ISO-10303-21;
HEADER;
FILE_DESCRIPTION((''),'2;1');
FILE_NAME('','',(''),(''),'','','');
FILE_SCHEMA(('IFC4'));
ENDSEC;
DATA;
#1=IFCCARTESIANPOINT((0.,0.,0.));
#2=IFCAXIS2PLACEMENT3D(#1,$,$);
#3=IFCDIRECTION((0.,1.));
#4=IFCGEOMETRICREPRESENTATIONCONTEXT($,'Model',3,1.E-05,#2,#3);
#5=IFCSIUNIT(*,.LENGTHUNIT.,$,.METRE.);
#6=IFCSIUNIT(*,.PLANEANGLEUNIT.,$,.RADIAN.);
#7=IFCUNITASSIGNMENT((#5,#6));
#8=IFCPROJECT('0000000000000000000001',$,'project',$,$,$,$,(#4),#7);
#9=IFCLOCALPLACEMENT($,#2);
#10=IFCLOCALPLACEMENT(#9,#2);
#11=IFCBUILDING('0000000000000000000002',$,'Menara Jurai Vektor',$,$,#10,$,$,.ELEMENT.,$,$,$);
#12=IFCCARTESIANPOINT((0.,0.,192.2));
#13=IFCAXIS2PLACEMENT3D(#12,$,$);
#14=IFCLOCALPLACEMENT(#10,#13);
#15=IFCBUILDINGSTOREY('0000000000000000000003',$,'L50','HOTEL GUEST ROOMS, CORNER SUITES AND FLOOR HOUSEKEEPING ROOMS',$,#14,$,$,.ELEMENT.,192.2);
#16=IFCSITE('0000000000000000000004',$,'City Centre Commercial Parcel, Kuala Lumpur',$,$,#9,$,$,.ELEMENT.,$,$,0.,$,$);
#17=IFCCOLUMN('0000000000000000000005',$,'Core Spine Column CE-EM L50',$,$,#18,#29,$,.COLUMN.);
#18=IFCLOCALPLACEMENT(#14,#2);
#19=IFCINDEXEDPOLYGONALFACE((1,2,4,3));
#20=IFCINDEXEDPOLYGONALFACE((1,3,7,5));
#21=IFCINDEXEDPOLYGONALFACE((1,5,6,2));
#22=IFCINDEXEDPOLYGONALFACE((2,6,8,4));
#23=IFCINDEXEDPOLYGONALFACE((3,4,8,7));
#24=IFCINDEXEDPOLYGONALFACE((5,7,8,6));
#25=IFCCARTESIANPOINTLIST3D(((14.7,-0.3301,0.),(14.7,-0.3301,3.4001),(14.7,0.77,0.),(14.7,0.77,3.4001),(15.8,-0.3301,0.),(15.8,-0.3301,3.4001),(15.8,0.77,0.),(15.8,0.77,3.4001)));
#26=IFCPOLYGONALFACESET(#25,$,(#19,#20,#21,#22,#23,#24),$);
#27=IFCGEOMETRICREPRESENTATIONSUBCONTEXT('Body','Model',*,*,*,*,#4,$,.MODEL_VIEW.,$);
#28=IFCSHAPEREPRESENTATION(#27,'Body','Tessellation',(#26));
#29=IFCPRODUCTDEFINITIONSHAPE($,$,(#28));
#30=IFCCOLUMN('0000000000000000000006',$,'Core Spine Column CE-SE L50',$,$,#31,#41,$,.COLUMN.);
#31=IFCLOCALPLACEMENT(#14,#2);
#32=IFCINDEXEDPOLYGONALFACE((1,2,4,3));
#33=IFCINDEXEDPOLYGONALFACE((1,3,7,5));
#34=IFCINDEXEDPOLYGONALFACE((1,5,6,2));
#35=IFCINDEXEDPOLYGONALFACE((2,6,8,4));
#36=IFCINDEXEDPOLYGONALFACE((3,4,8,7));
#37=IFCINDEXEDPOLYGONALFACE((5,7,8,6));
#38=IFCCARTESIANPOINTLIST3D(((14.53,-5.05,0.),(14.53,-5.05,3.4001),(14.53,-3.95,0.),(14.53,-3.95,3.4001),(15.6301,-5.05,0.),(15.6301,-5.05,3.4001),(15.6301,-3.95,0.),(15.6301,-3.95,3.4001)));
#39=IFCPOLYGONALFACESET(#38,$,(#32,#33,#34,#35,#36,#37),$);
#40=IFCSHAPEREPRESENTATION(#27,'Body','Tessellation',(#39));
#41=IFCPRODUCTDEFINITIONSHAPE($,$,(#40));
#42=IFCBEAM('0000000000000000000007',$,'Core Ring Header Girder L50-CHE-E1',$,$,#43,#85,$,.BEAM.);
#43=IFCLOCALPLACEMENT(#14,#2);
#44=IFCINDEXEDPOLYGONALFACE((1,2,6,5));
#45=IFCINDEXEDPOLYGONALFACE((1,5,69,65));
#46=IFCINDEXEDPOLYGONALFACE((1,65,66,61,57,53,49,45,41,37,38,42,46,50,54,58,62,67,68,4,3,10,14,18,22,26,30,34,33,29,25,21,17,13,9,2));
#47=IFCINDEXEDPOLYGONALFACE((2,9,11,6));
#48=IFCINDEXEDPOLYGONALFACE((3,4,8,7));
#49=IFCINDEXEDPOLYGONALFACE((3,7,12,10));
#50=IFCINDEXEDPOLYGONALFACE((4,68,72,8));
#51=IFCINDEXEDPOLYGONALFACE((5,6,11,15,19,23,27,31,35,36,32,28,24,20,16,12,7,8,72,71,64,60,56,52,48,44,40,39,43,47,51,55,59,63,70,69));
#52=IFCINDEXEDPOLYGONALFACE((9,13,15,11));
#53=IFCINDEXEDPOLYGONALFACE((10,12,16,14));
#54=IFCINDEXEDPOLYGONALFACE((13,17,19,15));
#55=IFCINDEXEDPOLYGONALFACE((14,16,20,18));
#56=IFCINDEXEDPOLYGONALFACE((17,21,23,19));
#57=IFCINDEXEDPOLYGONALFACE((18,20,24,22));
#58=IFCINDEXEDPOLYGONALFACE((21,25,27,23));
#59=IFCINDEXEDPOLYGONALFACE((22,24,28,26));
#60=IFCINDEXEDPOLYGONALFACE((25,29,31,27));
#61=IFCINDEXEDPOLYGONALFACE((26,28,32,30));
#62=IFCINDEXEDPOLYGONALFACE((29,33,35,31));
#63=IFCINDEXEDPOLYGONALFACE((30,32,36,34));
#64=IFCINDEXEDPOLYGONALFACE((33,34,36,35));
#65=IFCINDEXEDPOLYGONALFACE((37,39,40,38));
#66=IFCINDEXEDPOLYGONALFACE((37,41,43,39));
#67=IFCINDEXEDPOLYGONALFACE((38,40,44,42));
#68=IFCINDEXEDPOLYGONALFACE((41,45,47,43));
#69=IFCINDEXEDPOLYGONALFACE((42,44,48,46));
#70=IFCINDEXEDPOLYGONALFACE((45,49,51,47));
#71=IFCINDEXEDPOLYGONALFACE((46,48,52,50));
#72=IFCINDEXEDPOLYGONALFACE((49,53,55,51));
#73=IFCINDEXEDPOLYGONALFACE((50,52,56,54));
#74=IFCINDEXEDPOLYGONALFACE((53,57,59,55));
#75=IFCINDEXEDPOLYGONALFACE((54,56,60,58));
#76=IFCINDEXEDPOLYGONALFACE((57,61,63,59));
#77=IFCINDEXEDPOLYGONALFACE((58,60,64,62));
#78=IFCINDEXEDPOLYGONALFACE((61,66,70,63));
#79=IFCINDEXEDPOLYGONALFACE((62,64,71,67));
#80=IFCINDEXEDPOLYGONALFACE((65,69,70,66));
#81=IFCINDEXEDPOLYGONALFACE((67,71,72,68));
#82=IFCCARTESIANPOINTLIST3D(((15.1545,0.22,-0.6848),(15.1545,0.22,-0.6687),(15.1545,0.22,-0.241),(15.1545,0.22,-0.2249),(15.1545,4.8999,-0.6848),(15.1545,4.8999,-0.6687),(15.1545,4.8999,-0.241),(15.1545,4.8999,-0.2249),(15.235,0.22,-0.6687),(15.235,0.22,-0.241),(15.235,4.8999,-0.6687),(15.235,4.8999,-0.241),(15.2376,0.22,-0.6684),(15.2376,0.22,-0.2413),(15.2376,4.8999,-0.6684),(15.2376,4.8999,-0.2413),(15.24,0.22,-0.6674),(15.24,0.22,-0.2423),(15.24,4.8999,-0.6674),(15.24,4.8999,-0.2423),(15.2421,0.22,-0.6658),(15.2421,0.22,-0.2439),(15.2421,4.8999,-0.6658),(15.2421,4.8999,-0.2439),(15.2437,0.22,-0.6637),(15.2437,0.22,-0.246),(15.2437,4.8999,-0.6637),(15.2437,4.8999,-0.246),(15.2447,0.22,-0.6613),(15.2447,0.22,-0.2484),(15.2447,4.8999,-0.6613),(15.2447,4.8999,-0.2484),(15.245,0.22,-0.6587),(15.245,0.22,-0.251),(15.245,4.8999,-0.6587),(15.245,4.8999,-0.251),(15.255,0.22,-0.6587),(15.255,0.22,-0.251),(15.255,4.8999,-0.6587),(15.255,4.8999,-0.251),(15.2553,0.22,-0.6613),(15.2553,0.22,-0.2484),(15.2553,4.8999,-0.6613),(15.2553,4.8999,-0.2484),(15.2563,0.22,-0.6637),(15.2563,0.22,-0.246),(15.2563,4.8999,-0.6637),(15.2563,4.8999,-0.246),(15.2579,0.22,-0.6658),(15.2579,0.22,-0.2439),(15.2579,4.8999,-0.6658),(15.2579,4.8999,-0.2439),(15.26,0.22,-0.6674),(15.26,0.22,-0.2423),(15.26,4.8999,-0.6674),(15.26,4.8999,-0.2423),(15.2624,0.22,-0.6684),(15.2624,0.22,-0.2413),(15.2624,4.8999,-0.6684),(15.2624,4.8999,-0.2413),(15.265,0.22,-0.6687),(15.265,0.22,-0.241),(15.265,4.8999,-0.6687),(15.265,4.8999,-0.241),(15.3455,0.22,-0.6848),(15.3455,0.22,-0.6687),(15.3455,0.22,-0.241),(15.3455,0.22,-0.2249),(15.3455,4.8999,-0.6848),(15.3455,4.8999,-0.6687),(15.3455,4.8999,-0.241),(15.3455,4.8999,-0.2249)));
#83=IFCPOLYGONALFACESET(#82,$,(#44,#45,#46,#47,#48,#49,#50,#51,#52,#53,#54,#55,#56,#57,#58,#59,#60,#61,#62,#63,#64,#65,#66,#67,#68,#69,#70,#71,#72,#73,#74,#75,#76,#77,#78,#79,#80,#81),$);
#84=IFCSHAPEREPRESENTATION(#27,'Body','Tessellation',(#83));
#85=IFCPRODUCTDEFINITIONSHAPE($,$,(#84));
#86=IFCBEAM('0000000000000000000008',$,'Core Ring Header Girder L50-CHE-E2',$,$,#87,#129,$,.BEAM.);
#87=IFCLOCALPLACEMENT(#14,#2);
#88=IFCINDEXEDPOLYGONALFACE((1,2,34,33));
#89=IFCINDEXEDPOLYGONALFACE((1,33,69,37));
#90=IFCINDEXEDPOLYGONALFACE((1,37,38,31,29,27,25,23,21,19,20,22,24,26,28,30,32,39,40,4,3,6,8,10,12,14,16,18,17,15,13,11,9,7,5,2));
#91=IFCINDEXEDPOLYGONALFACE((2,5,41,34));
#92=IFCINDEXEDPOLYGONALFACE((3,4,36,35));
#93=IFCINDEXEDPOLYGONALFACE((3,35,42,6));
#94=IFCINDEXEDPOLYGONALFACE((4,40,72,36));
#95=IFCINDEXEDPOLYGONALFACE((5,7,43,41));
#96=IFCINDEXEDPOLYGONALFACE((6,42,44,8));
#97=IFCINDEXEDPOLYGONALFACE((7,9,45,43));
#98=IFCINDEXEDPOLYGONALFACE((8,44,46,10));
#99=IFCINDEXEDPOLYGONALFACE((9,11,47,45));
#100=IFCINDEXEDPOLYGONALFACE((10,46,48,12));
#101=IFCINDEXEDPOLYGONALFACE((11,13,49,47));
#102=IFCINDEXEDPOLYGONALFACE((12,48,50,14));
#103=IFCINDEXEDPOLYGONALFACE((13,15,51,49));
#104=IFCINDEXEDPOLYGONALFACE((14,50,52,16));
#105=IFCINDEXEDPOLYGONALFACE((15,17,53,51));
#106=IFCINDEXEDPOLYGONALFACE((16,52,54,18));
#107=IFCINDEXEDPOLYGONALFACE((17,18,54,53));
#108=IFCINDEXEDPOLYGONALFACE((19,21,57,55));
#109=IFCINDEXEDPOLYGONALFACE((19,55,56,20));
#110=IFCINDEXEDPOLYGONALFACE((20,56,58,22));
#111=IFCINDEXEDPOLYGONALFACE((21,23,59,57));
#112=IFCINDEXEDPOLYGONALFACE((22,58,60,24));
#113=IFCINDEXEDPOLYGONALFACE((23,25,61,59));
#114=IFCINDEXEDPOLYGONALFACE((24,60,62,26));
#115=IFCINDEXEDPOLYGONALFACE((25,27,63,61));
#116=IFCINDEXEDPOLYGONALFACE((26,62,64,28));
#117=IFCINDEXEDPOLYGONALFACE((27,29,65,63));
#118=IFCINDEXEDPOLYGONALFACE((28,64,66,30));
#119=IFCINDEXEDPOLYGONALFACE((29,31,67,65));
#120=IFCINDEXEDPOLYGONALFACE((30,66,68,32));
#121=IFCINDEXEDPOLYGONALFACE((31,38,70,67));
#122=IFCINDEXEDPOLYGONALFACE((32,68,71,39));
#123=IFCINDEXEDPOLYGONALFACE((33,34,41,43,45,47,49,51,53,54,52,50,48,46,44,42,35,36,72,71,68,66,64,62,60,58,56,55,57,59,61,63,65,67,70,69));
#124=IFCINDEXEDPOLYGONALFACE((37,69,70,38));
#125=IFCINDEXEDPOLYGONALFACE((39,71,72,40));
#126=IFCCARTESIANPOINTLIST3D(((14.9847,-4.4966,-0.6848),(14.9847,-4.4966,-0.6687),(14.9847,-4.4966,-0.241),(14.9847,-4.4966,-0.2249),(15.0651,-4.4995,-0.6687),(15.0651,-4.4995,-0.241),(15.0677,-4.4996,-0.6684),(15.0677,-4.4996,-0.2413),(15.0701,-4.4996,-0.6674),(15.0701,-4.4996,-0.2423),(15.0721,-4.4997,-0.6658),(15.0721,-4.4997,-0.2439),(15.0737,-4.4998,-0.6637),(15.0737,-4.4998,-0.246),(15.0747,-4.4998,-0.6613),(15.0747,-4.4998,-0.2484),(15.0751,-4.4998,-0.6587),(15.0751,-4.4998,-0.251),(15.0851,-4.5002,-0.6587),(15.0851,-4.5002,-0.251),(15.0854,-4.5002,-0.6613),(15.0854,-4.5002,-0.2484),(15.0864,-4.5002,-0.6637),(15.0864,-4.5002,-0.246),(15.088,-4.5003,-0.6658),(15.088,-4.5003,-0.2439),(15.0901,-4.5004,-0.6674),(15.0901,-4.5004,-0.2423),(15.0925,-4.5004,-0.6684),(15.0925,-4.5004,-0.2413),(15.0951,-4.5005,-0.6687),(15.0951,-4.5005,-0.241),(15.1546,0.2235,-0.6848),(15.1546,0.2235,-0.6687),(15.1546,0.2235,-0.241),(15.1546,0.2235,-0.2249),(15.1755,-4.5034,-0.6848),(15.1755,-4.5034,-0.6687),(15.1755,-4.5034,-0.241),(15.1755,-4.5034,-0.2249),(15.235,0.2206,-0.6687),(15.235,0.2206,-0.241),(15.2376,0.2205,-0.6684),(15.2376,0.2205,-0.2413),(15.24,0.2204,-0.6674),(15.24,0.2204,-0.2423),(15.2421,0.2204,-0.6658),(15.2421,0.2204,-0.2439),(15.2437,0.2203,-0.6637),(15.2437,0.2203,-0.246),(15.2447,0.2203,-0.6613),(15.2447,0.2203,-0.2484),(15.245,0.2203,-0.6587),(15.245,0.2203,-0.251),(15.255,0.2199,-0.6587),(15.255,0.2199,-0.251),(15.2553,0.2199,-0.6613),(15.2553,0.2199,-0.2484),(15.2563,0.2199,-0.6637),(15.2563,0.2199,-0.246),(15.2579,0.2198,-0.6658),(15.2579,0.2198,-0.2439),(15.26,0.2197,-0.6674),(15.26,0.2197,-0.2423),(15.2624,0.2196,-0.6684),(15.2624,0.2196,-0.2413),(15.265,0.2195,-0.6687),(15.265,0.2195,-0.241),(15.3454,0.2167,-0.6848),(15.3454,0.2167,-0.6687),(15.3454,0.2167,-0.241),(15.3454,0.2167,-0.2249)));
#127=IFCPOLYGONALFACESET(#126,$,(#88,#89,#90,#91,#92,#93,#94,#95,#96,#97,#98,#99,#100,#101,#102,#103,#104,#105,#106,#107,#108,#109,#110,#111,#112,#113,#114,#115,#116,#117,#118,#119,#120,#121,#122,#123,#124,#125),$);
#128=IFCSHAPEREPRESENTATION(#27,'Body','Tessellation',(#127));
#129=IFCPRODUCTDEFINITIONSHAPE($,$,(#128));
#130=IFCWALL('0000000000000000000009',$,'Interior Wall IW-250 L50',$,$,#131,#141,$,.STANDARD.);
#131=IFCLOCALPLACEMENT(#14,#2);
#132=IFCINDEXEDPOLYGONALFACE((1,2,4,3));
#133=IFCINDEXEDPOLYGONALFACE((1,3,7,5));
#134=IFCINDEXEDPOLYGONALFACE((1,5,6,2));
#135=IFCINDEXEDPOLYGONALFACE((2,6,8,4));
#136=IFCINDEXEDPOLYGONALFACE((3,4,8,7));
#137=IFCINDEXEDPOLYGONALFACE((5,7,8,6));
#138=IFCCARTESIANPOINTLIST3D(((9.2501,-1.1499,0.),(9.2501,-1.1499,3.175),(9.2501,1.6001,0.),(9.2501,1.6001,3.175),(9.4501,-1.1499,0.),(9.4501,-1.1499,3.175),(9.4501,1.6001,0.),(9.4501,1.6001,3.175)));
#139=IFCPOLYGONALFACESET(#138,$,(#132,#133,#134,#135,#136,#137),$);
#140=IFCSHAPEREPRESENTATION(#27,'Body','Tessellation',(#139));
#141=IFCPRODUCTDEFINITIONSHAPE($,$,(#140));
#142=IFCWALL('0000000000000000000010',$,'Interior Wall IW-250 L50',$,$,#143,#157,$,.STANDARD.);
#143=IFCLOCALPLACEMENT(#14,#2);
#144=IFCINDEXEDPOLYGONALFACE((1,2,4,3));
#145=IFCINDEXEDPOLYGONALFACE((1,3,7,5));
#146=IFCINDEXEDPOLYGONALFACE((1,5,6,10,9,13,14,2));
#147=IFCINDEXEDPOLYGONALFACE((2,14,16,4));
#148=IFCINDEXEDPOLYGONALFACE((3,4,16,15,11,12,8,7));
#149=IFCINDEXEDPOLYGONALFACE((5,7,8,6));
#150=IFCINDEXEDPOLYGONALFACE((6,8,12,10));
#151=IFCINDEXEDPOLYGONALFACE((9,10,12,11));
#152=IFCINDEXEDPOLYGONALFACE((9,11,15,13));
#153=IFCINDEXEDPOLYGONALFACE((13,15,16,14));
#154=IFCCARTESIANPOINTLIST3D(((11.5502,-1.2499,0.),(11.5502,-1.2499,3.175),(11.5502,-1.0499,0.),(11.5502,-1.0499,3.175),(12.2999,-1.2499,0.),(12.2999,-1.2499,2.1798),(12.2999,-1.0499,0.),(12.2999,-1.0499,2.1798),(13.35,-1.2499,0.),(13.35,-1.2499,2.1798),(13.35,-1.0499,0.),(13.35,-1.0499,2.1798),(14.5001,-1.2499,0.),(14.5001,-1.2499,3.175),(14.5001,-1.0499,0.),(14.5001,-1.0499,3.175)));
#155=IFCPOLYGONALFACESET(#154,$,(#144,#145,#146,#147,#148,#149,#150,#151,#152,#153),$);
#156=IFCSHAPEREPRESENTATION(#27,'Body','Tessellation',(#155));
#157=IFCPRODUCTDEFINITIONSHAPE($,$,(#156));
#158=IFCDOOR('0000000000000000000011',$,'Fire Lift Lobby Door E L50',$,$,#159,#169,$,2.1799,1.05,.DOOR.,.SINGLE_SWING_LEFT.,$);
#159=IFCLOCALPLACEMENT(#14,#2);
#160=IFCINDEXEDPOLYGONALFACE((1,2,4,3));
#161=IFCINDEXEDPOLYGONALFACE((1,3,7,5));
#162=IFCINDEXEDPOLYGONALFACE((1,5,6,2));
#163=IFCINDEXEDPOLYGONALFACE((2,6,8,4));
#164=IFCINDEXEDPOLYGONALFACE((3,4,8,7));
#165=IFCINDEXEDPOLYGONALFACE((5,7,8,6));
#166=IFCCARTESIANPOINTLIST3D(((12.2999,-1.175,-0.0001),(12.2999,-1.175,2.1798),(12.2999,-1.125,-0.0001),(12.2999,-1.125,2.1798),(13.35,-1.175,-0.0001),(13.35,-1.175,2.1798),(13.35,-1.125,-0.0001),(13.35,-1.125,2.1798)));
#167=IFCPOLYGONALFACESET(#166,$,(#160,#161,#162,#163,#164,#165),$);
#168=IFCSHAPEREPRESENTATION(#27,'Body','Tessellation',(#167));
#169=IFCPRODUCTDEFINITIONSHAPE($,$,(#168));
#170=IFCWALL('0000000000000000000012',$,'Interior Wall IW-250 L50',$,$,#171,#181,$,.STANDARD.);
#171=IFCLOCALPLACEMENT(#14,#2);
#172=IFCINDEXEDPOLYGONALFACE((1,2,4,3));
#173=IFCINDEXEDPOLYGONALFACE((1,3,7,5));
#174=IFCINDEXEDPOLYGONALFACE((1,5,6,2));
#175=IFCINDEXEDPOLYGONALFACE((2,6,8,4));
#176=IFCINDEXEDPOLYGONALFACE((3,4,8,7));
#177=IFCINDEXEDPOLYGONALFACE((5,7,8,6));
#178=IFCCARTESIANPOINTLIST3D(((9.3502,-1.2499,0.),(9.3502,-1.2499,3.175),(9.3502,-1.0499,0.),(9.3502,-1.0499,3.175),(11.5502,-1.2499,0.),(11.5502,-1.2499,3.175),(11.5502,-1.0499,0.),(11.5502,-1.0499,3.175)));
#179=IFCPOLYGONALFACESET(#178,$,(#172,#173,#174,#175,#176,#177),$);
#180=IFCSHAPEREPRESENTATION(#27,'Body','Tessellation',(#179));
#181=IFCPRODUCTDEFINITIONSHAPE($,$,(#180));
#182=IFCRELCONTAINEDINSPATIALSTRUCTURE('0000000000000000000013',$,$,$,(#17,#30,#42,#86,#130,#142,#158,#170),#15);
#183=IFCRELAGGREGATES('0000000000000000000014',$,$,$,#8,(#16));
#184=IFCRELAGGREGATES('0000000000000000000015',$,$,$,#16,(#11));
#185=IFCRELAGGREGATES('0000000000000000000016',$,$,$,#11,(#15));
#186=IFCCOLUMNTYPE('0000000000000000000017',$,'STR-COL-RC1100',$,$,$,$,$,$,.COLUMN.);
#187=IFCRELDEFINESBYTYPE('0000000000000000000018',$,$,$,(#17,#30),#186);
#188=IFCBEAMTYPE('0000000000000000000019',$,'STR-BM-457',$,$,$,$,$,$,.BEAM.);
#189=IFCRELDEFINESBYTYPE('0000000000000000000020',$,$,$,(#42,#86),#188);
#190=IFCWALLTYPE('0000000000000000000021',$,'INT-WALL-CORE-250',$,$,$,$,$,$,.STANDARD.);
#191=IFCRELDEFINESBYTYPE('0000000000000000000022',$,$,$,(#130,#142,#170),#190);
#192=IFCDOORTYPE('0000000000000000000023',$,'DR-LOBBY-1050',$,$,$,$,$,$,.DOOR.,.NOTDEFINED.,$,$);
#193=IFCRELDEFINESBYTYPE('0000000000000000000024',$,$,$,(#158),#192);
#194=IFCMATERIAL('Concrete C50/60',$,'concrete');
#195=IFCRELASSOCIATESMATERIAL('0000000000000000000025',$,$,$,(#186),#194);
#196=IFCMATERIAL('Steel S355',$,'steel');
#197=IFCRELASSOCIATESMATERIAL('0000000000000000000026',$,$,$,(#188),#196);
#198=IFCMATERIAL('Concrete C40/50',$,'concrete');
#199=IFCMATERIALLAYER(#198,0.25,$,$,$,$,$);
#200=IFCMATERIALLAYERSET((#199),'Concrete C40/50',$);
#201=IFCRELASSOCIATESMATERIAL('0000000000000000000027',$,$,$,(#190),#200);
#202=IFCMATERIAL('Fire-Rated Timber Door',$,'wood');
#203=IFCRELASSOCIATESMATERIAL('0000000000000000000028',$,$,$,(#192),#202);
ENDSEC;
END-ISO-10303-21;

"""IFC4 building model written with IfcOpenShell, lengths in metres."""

from ifc_helpers import new_model, si_unit, direction, frame, frame_2d, origin, origin_2d, place, context, subcontext, project, spatial, rectangle, i_section, extrude, material, layer, layer_set, material_profile, profile_set, type_object, element, fill, save


model = new_model("IFC4")

# Units and contexts
model_context = context("Model", 3, precision=1e-05, world=origin(), true_north=direction((0.0, 1.0)))
body_context = subcontext(model_context, "Body", "Model", "MODEL_VIEW")
ifc_project = project(units=[si_unit("LENGTHUNIT", "METRE"), si_unit("PLANEANGLEUNIT", "RADIAN")], contexts=[model_context])

# Site, building, storey
site_placement = place(None, origin())
site = spatial("IfcSite", under=ifc_project, at=site_placement, Name="City Centre Commercial Parcel, Kuala Lumpur", CompositionType="ELEMENT", RefElevation=0.0)
building_placement = place(site_placement, origin())
building = spatial("IfcBuilding", under=site, at=building_placement, Name="Menara Jurai Vektor", CompositionType="ELEMENT")
storey_placement = place(building_placement, frame((0.0, 0.0, 192.2)))
storey = spatial("IfcBuildingStorey", under=building, at=storey_placement, Name="L50", Description="HOTEL GUEST ROOMS, CORNER SUITES AND FLOOR HOUSEKEEPING ROOMS", CompositionType="ELEMENT", Elevation=192.2)

# Columns
ifc_material_1 = material(Name="Concrete C50/60", Category="concrete")
ifc_material_profile_1 = material_profile(ifc_material_1, rectangle(XDim=1.1001, YDim=1.1001, at=origin_2d()), Name="RC 1100x1100")
ifc_profile_set_1 = profile_set([ifc_material_profile_1], Name="Concrete C50/60")
column_type = type_object("IfcColumnType", Name="STR-COL-RC1100", PredefinedType="COLUMN", material=ifc_profile_set_1)
for number, where, z_axis, x_axis, name in (
    (1, (15.25, 0.22, 0.0), (0.0, 0.0, 1.0), (1.0, 0.0, 0.0), "Core Spine Column CE-EM L50"),
    (2, (15.0801, -4.5, 0.0), (0.0, 0.0, 1.0), (1.0, 0.0, 0.0), "Core Spine Column CE-SE L50"),
):
    element("IfcColumn", number, at=place(storey_placement, frame(where, z_axis=z_axis, x_axis=x_axis)), inside=storey, type_object=column_type, Name=name, PredefinedType="COLUMN", context=body_context, shape_type="SweptSolid", body=[
        extrude(rectangle(XDim=1.1001, YDim=1.1001, at=origin_2d()), origin(), (0.0, 0.0, 1.0), 3.4001),
    ])

# Beams
ifc_material_2 = material(Name="Steel S355", Category="steel")
ifc_material_profile_2 = material_profile(ifc_material_2, i_section(OverallWidth=0.1909, OverallDepth=0.46, WebThickness=0.01, FlangeThickness=0.0161, FilletRadius=0.01, at=origin_2d()), Name="UKB 457x191x82")
ifc_profile_set_2 = profile_set([ifc_material_profile_2], Name="Steel S355")
beam_type = type_object("IfcBeamType", Name="STR-BM-457", PredefinedType="BEAM", material=ifc_profile_set_2)
beam_1_placement = place(storey_placement, frame((15.25, 0.22, -0.4548), z_axis=(0.0, 1.0, 0.0), x_axis=(-1.0, 0.0, 0.0)))
element("IfcBeam", 3, at=beam_1_placement, inside=storey, type_object=beam_type, Name="Core Ring Header Girder L50-CHE-E1", PredefinedType="BEAM", context=body_context, shape_type="SweptSolid", body=[
    extrude(i_section(OverallWidth=0.1909, OverallDepth=0.46, WebThickness=0.01, FlangeThickness=0.0161, FilletRadius=0.01, at=origin_2d()), origin(), (0.0, 0.0, 1.0), 4.6799),
])
beam_2_placement = place(storey_placement, frame((15.0801, -4.5, -0.4548), z_axis=(0.035977, 0.999353, 0.0), x_axis=(-0.999353, 0.035977, 0.0)))
element("IfcBeam", 4, at=beam_2_placement, inside=storey, type_object=beam_type, Name="Core Ring Header Girder L50-CHE-E2", PredefinedType="BEAM", context=body_context, shape_type="SweptSolid", body=[
    extrude(i_section(OverallWidth=0.1909, OverallDepth=0.46, WebThickness=0.01, FlangeThickness=0.0161, FilletRadius=0.01, at=origin_2d()), origin(), (0.0, 0.0, 1.0), 4.7231),
])

# Shared definitions
ifc_material_3 = material(Name="Concrete C40/50", Category="concrete")
ifc_layer_1 = layer(ifc_material_3, 0.25)
ifc_layer_set_1 = layer_set([ifc_layer_1], Name="Concrete C40/50")
wall_type_1 = type_object("IfcWallType", Name="INT-WALL-CORE-250", PredefinedType="STANDARD", material=ifc_layer_set_1)

# Wall
wall_1_placement = place(storey_placement, frame((9.3501, -1.1499, 0.0), z_axis=(0.0, 0.0, 1.0), x_axis=(0.0, 1.0, 0.0)))
element("IfcWall", 5, at=wall_1_placement, inside=storey, type_object=wall_type_1, Name="Interior Wall IW-250 L50", PredefinedType="STANDARD", context=body_context, shape_type="SweptSolid", body=[
    extrude(rectangle(XDim=2.75, YDim=0.2, at=frame_2d((1.375, 0.0))), origin(), (0.0, 0.0, 1.0), 3.175),
])

# Wall, opening, door
wall_2_placement = place(storey_placement, frame((11.55, -1.1499, 0.0), z_axis=(0.0, 0.0, 1.0), x_axis=(1.0, 0.0, 0.0)))
wall_2 = element("IfcWall", 6, at=wall_2_placement, inside=storey, type_object=wall_type_1, Name="Interior Wall IW-250 L50", PredefinedType="STANDARD", context=body_context, shape_type="SweptSolid", body=[
    extrude(rectangle(XDim=2.95, YDim=0.2, at=frame_2d((1.4751, 0.0))), origin(), (0.0, 0.0, 1.0), 3.175),
])
opening_1_placement = place(wall_2_placement, frame((0.75, 0.0, 0.0)))
opening_1 = element("IfcOpeningElement", 7, at=opening_1_placement, cuts=wall_2, PredefinedType="OPENING", context=body_context, shape_type="SweptSolid", body=[
    extrude(rectangle(XDim=1.05, YDim=2.1799, at=frame_2d((0.5249, 1.0898))), frame((0.0, 0.1099, 0.0), z_axis=(0.0, -1.0, 0.0), x_axis=(1.0, 0.0, 0.0)), (0.0, 0.0, 1.0), 0.22),
])
ifc_material_4 = material(Name="Fire-Rated Timber Door", Category="wood")
door_type_1 = type_object("IfcDoorType", Name="DR-LOBBY-1050", OperationType="NOTDEFINED", PredefinedType="DOOR", material=ifc_material_4)
door_1_placement = place(opening_1_placement, origin())
door_1 = element("IfcDoor", 8, at=door_1_placement, inside=storey, type_object=door_type_1, Name="Fire Lift Lobby Door E L50", OperationType="SINGLE_SWING_LEFT", OverallHeight=2.1799, OverallWidth=1.05, PredefinedType="DOOR", context=body_context, shape_type="SweptSolid", body=[
    extrude(rectangle(XDim=1.05, YDim=2.1799, at=frame_2d((0.5249, 1.0898))), frame((0.0, 0.0249, 0.0), z_axis=(0.0, -1.0, 0.0), x_axis=(1.0, 0.0, 0.0)), (0.0, 0.0, 1.0), 0.05),
])
fill(opening_1, door_1)

# Wall
wall_3_placement = place(storey_placement, frame((9.3501, -1.1499, 0.0), z_axis=(0.0, 0.0, 1.0), x_axis=(1.0, 0.0, 0.0)))
element("IfcWall", 9, at=wall_3_placement, inside=storey, type_object=wall_type_1, Name="Interior Wall IW-250 L50", PredefinedType="STANDARD", context=body_context, shape_type="SweptSolid", body=[
    extrude(rectangle(XDim=2.2, YDim=0.2, at=frame_2d((1.1001, 0.0))), origin(), (0.0, 0.0, 1.0), 3.175),
])

save(model, "model.ifc")
